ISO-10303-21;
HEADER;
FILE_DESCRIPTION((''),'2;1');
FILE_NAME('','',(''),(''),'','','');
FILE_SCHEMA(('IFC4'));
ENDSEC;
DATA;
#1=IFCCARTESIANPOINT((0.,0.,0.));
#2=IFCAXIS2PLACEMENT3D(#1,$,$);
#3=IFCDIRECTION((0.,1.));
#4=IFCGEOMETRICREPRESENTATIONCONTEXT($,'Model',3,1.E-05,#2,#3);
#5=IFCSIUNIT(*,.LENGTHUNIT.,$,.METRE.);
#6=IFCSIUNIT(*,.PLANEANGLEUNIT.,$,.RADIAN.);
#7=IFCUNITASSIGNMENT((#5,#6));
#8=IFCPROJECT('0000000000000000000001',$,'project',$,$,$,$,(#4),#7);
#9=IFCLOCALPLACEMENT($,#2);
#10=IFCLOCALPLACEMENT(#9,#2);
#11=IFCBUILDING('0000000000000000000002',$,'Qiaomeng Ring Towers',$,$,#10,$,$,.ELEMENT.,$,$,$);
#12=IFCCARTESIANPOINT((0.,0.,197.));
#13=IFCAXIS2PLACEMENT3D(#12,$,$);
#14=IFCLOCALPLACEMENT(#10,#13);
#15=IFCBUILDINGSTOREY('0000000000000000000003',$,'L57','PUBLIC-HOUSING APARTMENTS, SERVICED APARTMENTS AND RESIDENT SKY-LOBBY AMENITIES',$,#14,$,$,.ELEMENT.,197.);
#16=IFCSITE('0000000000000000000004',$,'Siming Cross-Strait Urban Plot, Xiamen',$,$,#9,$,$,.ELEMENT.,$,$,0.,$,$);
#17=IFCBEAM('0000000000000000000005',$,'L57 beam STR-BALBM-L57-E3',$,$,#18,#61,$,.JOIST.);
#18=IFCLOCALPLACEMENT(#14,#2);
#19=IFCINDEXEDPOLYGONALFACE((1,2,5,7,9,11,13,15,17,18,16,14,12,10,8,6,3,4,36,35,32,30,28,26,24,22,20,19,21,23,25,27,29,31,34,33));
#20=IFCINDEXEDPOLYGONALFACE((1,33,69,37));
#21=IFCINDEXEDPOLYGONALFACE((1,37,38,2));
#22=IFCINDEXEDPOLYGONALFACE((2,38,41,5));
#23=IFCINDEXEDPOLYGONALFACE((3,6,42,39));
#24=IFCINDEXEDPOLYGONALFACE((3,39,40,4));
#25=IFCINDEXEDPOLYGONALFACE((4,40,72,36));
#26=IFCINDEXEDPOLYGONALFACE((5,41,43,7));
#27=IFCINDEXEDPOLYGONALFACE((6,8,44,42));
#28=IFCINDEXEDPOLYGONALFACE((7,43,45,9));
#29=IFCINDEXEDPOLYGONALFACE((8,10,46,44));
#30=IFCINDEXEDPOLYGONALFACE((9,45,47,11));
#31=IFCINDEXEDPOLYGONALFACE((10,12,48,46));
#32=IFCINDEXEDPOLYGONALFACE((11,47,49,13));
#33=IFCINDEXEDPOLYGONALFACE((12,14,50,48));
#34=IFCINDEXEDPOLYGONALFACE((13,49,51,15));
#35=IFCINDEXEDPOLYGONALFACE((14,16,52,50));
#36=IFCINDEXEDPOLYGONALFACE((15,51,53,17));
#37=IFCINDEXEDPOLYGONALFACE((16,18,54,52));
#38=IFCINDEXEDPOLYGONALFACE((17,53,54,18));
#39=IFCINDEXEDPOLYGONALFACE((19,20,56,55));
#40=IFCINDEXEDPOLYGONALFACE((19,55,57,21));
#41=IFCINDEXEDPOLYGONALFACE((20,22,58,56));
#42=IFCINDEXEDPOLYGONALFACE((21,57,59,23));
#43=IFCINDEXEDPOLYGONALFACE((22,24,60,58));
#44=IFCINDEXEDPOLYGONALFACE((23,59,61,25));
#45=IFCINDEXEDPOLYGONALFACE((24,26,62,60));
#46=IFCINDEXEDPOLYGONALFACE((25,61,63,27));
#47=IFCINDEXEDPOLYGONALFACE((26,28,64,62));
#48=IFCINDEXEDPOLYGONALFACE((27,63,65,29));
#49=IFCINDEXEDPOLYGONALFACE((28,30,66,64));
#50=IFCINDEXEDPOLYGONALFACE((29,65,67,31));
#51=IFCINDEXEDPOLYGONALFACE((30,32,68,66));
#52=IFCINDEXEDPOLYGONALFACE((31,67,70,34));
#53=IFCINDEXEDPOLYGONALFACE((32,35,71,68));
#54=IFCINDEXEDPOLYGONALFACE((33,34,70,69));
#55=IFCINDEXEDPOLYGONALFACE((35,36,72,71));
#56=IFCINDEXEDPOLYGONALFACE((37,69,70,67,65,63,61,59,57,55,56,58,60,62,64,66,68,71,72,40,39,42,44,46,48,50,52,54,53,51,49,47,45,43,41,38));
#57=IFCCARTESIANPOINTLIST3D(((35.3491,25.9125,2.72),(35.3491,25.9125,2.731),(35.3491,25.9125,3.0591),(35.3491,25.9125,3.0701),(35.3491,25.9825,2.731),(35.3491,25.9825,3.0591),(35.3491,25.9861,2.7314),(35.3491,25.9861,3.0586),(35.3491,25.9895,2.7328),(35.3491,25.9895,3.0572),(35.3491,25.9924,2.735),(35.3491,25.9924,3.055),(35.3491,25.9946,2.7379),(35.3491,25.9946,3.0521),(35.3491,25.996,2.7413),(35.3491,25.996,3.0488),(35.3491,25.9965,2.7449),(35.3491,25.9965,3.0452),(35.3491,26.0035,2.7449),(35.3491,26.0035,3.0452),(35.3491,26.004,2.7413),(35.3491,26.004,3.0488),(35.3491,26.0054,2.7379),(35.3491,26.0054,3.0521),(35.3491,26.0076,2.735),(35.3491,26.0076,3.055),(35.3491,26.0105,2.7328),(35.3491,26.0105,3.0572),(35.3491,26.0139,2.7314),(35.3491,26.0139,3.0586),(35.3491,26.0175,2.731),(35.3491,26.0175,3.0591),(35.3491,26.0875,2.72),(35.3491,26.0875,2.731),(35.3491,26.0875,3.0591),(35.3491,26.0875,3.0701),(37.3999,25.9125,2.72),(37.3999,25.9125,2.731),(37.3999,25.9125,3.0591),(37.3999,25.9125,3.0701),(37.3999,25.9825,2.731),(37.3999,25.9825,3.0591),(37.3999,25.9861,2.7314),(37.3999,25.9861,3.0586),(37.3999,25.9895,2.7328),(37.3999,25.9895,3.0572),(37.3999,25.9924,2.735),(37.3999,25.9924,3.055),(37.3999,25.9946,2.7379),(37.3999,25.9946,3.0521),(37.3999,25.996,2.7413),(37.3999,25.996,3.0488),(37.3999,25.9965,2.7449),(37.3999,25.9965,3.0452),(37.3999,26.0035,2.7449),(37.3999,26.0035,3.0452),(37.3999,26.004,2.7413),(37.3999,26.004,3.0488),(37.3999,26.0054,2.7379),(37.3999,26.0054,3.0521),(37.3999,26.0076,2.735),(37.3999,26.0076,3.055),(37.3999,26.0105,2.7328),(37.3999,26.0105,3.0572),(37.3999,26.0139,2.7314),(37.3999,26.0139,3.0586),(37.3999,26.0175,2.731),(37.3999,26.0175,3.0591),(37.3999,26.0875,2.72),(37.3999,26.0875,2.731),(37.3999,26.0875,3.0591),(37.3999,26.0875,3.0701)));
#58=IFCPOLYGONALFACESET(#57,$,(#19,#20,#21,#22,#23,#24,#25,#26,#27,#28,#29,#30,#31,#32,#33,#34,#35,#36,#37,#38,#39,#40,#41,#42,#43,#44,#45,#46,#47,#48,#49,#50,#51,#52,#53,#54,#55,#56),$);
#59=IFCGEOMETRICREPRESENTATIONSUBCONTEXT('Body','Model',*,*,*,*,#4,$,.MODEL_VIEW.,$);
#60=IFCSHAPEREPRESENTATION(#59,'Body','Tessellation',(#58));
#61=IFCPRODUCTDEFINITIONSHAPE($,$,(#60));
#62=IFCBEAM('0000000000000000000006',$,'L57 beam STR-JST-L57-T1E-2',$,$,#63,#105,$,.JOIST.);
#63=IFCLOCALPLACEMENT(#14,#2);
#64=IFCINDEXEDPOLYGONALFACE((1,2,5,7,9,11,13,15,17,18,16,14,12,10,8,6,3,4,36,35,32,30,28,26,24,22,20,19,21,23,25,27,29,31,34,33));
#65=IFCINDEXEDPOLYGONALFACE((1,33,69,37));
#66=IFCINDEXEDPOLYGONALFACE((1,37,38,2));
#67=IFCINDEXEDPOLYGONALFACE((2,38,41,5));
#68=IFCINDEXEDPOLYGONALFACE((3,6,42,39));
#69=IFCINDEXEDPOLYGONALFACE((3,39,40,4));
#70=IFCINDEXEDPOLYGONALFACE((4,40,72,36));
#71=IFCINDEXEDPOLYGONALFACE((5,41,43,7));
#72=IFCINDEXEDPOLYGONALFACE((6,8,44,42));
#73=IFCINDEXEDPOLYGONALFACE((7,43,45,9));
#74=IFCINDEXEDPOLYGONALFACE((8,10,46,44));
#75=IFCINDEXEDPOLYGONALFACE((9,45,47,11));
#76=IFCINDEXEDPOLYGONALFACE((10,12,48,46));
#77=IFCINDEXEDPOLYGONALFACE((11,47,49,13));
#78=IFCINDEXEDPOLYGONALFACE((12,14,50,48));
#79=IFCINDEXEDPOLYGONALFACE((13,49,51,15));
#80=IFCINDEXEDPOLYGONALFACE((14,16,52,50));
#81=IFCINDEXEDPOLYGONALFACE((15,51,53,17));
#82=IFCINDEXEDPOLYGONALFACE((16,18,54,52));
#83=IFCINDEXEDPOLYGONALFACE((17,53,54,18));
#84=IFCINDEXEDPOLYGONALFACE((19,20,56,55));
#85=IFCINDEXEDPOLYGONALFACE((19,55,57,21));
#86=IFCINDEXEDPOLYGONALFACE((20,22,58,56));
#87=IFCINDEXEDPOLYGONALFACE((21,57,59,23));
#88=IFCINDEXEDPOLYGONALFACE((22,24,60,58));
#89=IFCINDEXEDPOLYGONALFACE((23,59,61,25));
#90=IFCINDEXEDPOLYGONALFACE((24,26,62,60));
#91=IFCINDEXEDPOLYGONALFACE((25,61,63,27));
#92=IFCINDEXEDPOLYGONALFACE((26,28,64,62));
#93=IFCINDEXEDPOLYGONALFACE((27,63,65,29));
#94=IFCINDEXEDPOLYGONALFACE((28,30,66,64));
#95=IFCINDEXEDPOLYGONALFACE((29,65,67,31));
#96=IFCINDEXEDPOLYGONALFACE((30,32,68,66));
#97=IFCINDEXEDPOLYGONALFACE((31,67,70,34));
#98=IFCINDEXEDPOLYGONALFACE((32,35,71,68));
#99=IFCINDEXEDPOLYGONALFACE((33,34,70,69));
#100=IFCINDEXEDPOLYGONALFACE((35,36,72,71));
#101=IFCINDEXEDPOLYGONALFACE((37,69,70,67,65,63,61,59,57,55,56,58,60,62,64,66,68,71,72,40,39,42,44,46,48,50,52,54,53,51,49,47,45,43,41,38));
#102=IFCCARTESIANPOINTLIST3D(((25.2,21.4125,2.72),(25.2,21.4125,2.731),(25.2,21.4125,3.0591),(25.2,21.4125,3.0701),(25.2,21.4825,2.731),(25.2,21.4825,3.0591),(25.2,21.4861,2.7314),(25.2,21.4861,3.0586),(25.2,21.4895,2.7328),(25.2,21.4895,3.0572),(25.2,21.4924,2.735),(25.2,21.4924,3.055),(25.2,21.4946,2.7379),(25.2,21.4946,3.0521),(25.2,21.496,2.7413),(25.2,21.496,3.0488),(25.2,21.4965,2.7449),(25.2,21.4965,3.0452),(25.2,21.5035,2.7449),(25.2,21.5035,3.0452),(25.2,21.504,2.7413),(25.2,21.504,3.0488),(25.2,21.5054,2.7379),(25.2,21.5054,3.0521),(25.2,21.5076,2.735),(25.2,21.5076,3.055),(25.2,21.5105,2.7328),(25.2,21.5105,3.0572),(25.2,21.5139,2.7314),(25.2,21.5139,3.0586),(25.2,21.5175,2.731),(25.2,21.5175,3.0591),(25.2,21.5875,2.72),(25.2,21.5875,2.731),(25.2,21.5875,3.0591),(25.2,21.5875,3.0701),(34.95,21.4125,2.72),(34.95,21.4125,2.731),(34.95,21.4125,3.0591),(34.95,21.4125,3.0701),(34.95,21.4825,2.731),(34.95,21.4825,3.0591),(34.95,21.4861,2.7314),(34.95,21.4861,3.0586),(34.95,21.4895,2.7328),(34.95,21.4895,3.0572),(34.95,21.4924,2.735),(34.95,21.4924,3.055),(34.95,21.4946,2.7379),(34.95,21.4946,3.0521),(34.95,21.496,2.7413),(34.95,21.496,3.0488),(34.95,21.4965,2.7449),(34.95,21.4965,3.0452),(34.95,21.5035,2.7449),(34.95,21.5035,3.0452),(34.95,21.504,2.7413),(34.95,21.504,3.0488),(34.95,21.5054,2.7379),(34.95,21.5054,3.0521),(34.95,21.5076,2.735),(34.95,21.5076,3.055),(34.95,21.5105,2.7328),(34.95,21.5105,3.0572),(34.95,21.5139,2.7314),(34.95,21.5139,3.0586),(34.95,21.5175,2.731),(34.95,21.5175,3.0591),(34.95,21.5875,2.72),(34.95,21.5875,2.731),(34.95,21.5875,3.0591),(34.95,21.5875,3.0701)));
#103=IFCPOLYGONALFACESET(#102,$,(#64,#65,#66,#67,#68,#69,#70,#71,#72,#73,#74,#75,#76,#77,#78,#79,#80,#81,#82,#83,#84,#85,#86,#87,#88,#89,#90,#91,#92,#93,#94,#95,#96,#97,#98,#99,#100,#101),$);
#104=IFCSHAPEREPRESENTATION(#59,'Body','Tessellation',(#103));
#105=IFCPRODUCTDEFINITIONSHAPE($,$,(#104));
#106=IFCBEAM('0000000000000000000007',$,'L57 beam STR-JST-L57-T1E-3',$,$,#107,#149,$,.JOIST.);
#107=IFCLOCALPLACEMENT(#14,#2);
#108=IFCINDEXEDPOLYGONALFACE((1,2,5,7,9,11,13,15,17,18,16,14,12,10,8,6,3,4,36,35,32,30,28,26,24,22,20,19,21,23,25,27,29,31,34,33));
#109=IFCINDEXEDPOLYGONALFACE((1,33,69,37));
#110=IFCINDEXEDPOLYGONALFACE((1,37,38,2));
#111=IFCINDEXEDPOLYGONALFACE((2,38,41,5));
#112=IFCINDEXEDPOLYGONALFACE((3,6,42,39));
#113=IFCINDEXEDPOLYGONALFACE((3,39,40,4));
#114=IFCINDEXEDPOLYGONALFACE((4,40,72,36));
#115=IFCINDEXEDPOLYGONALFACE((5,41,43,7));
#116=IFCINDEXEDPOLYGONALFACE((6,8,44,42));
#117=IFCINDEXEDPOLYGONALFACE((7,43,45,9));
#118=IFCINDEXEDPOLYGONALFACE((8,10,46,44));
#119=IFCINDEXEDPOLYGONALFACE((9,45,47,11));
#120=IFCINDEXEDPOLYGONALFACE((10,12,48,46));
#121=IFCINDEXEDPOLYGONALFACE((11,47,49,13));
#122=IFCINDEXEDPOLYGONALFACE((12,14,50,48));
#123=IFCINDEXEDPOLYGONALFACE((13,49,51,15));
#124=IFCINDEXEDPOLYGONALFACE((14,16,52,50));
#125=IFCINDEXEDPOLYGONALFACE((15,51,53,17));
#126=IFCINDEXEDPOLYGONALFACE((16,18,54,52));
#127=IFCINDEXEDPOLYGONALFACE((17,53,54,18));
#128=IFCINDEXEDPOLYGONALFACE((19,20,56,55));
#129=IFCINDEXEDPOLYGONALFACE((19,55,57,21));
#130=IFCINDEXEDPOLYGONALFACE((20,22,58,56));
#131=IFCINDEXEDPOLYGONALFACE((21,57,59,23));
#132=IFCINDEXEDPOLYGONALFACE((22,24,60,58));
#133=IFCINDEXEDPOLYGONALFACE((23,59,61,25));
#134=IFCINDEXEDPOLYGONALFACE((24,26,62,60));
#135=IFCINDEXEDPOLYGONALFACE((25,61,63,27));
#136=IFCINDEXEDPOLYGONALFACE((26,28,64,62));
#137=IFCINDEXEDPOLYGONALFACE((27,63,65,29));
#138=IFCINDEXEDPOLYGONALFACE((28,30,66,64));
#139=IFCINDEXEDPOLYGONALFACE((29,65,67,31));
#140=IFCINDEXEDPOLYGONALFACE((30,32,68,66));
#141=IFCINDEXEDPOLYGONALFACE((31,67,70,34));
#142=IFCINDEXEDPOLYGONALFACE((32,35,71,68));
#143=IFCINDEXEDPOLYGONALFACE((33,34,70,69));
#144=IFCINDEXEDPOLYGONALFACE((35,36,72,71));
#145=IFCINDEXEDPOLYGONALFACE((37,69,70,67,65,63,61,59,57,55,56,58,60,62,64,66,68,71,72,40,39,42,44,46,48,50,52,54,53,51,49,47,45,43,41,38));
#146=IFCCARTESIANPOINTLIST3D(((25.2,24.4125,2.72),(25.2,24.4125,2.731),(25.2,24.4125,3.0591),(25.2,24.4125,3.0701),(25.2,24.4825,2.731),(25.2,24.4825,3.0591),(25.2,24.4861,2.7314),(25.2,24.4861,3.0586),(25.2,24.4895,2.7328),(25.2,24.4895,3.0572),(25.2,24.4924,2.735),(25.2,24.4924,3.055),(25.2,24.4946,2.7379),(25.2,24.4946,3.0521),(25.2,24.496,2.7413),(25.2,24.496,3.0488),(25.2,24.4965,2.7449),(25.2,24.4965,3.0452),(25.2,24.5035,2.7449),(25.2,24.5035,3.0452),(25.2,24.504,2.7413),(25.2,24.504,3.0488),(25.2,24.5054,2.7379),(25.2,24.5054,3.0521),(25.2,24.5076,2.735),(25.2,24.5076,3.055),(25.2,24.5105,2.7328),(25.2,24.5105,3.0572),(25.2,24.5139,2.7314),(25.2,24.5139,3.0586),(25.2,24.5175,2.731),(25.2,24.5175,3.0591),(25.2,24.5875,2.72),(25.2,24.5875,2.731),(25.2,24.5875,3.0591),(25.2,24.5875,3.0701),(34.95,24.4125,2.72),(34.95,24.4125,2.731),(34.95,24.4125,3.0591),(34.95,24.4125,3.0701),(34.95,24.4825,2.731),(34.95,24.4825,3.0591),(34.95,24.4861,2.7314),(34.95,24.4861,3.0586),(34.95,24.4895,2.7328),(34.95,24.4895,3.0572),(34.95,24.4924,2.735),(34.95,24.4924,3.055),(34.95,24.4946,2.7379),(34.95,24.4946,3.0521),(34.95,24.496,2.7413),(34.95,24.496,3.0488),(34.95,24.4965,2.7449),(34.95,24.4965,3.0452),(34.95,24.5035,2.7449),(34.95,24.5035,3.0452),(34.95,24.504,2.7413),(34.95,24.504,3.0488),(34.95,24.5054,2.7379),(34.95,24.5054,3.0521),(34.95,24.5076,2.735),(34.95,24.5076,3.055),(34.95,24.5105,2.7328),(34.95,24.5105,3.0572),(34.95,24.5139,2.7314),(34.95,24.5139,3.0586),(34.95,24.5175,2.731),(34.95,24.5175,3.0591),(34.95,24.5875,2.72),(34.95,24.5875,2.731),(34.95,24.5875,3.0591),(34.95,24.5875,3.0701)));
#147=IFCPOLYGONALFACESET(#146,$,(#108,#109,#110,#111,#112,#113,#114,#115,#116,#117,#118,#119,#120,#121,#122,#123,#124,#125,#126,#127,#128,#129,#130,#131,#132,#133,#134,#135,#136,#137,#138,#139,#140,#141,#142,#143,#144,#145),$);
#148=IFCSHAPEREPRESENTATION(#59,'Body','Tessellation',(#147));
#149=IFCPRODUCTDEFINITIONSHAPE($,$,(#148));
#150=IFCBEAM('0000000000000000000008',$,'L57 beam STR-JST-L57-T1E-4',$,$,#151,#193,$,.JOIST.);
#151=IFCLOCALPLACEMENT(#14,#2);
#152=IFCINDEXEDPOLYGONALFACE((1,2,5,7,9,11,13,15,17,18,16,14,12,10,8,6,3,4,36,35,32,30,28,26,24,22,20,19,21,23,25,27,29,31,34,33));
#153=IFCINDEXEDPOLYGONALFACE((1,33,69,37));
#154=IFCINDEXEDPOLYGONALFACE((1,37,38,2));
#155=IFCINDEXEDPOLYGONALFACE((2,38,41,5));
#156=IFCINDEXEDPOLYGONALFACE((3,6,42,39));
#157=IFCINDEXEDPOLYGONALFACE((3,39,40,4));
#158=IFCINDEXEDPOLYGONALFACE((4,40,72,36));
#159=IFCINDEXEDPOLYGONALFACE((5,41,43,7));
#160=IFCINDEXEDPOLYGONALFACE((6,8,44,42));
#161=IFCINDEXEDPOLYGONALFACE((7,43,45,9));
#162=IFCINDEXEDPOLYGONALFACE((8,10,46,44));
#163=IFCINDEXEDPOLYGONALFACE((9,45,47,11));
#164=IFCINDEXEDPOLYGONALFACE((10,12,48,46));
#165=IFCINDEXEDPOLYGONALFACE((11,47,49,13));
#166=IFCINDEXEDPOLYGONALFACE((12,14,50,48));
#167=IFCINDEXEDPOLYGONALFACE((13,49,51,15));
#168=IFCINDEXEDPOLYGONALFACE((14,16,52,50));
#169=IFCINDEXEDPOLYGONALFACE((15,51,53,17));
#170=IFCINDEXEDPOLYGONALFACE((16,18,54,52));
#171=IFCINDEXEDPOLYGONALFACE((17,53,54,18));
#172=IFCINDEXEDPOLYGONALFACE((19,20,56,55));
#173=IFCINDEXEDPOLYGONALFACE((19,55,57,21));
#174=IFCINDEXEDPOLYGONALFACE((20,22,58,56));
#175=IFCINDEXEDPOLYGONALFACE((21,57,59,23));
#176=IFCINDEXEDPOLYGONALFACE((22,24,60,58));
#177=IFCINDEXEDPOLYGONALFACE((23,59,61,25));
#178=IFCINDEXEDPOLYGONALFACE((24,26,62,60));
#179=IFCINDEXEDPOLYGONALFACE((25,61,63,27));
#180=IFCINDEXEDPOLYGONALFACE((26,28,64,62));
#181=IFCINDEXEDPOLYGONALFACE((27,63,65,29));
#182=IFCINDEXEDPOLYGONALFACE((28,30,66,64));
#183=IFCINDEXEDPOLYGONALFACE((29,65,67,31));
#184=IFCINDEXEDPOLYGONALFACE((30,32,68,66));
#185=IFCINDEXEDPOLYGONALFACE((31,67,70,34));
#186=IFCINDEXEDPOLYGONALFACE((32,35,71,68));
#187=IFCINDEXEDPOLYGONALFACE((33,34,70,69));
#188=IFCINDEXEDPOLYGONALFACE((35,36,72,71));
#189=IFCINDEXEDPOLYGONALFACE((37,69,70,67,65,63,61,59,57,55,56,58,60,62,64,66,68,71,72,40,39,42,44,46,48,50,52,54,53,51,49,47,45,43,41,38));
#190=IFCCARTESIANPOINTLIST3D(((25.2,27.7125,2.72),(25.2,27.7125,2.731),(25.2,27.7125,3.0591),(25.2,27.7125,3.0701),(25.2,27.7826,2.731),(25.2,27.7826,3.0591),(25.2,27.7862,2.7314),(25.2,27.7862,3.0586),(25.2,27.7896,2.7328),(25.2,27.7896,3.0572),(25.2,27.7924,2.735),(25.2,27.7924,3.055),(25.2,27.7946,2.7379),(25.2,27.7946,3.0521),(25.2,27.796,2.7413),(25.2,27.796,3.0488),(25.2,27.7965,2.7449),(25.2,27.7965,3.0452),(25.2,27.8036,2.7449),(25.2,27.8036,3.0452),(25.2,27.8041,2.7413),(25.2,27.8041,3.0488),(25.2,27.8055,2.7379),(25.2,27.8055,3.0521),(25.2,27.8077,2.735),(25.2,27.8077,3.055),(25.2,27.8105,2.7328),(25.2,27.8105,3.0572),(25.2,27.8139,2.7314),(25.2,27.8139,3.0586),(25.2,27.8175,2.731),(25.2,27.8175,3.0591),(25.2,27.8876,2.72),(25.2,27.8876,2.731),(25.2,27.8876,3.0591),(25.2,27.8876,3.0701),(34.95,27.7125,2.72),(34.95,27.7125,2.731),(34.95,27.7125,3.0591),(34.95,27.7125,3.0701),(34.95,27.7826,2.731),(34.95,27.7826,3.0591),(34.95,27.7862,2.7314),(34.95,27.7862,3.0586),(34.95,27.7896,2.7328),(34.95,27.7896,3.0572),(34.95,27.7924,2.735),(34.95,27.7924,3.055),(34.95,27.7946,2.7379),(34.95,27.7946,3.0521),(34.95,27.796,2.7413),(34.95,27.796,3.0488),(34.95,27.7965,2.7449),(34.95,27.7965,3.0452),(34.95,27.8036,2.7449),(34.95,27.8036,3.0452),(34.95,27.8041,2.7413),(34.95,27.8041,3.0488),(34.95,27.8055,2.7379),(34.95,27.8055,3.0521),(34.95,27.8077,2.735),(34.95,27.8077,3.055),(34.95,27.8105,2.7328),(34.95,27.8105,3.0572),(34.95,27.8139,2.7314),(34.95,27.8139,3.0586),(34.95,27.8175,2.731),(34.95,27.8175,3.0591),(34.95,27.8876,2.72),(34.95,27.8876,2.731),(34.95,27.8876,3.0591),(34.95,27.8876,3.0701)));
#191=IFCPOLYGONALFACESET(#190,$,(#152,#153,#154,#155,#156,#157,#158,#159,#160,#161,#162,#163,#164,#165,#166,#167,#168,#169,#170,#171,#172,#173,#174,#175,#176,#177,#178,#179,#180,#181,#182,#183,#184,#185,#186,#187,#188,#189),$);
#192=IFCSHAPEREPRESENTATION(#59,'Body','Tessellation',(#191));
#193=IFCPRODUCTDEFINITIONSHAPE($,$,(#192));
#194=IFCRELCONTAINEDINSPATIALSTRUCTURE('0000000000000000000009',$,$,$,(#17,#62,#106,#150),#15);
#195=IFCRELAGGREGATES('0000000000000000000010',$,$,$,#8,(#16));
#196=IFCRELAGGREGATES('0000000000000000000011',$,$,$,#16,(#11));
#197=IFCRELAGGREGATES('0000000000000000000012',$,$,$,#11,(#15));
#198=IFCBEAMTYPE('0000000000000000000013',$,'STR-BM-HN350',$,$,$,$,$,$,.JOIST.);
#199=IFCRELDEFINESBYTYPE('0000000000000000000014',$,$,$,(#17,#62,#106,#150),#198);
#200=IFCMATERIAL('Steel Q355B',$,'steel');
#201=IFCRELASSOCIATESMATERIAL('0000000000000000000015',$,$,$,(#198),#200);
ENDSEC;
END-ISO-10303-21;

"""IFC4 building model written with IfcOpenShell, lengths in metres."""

from ifc_helpers import new_model, si_unit, direction, frame, origin, origin_2d, place, context, subcontext, project, spatial, i_section, extrude, source, transform, mapped, material, material_profile, profile_set, type_object, element, save


model = new_model("IFC4")

# Units and contexts
model_context = context("Model", 3, precision=1e-05, world=origin(), true_north=direction((0.0, 1.0)))
body_context = subcontext(model_context, "Body", "Model", "MODEL_VIEW")
ifc_project = project(units=[si_unit("LENGTHUNIT", "METRE"), si_unit("PLANEANGLEUNIT", "RADIAN")], contexts=[model_context])

# Site, building, storey
site_placement = place(None, origin())
site = spatial("IfcSite", under=ifc_project, at=site_placement, Name="Siming Cross-Strait Urban Plot, Xiamen", CompositionType="ELEMENT", RefElevation=0.0)
building_placement = place(site_placement, origin())
building = spatial("IfcBuilding", under=site, at=building_placement, Name="Qiaomeng Ring Towers", CompositionType="ELEMENT")
storey_placement = place(building_placement, frame((0.0, 0.0, 197.0)))
storey = spatial("IfcBuildingStorey", under=building, at=storey_placement, Name="L57", Description="PUBLIC-HOUSING APARTMENTS, SERVICED APARTMENTS AND RESIDENT SKY-LOBBY AMENITIES", CompositionType="ELEMENT", Elevation=197.0)

# Beams
ifc_material_1 = material(Name="Steel Q355B", Category="steel")
ifc_material_profile_1 = material_profile(ifc_material_1, i_section(OverallWidth=0.175, OverallDepth=0.3501, WebThickness=0.0071, FlangeThickness=0.011, FilletRadius=0.0139, at=origin_2d()), Name="HN 350x175x7x11")
ifc_profile_set_1 = profile_set([ifc_material_profile_1], Name="Steel Q355B")
beam_type_1 = type_object("IfcBeamType", Name="STR-BM-HN350", PredefinedType="JOIST", material=ifc_profile_set_1)
shared_shape_1 = source(origin(), body_context, "Body", "SweptSolid", [
    extrude(i_section(OverallWidth=0.175, OverallDepth=0.3501, WebThickness=0.0071, FlangeThickness=0.011, FilletRadius=0.0139, at=origin_2d()), origin(), (0.0, 0.0, 1.0), 2.0508),
])
beam_1_placement = place(storey_placement, frame((35.3491, 26.0, 2.895), z_axis=(1.0, 0.0, 0.0), x_axis=(0.0, 1.0, 0.0)))
element("IfcBeam", 1, at=beam_1_placement, inside=storey, type_object=beam_type_1, Name="L57 beam STR-BALBM-L57-E3", PredefinedType="JOIST", context=body_context, shape_type="MappedRepresentation", body=[
    mapped(shared_shape_1, transform((0.0, 0.0, 0.0), x_axis=(1.0, 0.0, 0.0), y_axis=(0.0, 1.0, 0.0), z_axis=(0.0, 0.0, 1.0), scale=1.0)),
])
shared_shape_2 = source(origin(), body_context, "Body", "SweptSolid", [
    extrude(i_section(OverallWidth=0.175, OverallDepth=0.3501, WebThickness=0.0071, FlangeThickness=0.011, FilletRadius=0.0139, at=origin_2d()), origin(), (0.0, 0.0, 1.0), 9.75),
])
for number, where, z_axis, x_axis, name in (
    (2, (25.2, 21.5, 2.895), (1.0, 0.0, 0.0), (0.0, 1.0, 0.0), "L57 beam STR-JST-L57-T1E-2"),
    (3, (25.2, 24.5, 2.895), (1.0, 0.0, 0.0), (0.0, 1.0, 0.0), "L57 beam STR-JST-L57-T1E-3"),
    (4, (25.2, 27.8, 2.895), (1.0, 0.0, 0.0), (0.0, 1.0, 0.0), "L57 beam STR-JST-L57-T1E-4"),
):
    element("IfcBeam", number, at=place(storey_placement, frame(where, z_axis=z_axis, x_axis=x_axis)), inside=storey, type_object=beam_type_1, Name=name, PredefinedType="JOIST", context=body_context, shape_type="MappedRepresentation", body=[
        mapped(shared_shape_2, transform((0.0, 0.0, 0.0), x_axis=(1.0, 0.0, 0.0), y_axis=(0.0, 1.0, 0.0), z_axis=(0.0, 0.0, 1.0), scale=1.0)),
    ])

save(model, "model.ifc")
